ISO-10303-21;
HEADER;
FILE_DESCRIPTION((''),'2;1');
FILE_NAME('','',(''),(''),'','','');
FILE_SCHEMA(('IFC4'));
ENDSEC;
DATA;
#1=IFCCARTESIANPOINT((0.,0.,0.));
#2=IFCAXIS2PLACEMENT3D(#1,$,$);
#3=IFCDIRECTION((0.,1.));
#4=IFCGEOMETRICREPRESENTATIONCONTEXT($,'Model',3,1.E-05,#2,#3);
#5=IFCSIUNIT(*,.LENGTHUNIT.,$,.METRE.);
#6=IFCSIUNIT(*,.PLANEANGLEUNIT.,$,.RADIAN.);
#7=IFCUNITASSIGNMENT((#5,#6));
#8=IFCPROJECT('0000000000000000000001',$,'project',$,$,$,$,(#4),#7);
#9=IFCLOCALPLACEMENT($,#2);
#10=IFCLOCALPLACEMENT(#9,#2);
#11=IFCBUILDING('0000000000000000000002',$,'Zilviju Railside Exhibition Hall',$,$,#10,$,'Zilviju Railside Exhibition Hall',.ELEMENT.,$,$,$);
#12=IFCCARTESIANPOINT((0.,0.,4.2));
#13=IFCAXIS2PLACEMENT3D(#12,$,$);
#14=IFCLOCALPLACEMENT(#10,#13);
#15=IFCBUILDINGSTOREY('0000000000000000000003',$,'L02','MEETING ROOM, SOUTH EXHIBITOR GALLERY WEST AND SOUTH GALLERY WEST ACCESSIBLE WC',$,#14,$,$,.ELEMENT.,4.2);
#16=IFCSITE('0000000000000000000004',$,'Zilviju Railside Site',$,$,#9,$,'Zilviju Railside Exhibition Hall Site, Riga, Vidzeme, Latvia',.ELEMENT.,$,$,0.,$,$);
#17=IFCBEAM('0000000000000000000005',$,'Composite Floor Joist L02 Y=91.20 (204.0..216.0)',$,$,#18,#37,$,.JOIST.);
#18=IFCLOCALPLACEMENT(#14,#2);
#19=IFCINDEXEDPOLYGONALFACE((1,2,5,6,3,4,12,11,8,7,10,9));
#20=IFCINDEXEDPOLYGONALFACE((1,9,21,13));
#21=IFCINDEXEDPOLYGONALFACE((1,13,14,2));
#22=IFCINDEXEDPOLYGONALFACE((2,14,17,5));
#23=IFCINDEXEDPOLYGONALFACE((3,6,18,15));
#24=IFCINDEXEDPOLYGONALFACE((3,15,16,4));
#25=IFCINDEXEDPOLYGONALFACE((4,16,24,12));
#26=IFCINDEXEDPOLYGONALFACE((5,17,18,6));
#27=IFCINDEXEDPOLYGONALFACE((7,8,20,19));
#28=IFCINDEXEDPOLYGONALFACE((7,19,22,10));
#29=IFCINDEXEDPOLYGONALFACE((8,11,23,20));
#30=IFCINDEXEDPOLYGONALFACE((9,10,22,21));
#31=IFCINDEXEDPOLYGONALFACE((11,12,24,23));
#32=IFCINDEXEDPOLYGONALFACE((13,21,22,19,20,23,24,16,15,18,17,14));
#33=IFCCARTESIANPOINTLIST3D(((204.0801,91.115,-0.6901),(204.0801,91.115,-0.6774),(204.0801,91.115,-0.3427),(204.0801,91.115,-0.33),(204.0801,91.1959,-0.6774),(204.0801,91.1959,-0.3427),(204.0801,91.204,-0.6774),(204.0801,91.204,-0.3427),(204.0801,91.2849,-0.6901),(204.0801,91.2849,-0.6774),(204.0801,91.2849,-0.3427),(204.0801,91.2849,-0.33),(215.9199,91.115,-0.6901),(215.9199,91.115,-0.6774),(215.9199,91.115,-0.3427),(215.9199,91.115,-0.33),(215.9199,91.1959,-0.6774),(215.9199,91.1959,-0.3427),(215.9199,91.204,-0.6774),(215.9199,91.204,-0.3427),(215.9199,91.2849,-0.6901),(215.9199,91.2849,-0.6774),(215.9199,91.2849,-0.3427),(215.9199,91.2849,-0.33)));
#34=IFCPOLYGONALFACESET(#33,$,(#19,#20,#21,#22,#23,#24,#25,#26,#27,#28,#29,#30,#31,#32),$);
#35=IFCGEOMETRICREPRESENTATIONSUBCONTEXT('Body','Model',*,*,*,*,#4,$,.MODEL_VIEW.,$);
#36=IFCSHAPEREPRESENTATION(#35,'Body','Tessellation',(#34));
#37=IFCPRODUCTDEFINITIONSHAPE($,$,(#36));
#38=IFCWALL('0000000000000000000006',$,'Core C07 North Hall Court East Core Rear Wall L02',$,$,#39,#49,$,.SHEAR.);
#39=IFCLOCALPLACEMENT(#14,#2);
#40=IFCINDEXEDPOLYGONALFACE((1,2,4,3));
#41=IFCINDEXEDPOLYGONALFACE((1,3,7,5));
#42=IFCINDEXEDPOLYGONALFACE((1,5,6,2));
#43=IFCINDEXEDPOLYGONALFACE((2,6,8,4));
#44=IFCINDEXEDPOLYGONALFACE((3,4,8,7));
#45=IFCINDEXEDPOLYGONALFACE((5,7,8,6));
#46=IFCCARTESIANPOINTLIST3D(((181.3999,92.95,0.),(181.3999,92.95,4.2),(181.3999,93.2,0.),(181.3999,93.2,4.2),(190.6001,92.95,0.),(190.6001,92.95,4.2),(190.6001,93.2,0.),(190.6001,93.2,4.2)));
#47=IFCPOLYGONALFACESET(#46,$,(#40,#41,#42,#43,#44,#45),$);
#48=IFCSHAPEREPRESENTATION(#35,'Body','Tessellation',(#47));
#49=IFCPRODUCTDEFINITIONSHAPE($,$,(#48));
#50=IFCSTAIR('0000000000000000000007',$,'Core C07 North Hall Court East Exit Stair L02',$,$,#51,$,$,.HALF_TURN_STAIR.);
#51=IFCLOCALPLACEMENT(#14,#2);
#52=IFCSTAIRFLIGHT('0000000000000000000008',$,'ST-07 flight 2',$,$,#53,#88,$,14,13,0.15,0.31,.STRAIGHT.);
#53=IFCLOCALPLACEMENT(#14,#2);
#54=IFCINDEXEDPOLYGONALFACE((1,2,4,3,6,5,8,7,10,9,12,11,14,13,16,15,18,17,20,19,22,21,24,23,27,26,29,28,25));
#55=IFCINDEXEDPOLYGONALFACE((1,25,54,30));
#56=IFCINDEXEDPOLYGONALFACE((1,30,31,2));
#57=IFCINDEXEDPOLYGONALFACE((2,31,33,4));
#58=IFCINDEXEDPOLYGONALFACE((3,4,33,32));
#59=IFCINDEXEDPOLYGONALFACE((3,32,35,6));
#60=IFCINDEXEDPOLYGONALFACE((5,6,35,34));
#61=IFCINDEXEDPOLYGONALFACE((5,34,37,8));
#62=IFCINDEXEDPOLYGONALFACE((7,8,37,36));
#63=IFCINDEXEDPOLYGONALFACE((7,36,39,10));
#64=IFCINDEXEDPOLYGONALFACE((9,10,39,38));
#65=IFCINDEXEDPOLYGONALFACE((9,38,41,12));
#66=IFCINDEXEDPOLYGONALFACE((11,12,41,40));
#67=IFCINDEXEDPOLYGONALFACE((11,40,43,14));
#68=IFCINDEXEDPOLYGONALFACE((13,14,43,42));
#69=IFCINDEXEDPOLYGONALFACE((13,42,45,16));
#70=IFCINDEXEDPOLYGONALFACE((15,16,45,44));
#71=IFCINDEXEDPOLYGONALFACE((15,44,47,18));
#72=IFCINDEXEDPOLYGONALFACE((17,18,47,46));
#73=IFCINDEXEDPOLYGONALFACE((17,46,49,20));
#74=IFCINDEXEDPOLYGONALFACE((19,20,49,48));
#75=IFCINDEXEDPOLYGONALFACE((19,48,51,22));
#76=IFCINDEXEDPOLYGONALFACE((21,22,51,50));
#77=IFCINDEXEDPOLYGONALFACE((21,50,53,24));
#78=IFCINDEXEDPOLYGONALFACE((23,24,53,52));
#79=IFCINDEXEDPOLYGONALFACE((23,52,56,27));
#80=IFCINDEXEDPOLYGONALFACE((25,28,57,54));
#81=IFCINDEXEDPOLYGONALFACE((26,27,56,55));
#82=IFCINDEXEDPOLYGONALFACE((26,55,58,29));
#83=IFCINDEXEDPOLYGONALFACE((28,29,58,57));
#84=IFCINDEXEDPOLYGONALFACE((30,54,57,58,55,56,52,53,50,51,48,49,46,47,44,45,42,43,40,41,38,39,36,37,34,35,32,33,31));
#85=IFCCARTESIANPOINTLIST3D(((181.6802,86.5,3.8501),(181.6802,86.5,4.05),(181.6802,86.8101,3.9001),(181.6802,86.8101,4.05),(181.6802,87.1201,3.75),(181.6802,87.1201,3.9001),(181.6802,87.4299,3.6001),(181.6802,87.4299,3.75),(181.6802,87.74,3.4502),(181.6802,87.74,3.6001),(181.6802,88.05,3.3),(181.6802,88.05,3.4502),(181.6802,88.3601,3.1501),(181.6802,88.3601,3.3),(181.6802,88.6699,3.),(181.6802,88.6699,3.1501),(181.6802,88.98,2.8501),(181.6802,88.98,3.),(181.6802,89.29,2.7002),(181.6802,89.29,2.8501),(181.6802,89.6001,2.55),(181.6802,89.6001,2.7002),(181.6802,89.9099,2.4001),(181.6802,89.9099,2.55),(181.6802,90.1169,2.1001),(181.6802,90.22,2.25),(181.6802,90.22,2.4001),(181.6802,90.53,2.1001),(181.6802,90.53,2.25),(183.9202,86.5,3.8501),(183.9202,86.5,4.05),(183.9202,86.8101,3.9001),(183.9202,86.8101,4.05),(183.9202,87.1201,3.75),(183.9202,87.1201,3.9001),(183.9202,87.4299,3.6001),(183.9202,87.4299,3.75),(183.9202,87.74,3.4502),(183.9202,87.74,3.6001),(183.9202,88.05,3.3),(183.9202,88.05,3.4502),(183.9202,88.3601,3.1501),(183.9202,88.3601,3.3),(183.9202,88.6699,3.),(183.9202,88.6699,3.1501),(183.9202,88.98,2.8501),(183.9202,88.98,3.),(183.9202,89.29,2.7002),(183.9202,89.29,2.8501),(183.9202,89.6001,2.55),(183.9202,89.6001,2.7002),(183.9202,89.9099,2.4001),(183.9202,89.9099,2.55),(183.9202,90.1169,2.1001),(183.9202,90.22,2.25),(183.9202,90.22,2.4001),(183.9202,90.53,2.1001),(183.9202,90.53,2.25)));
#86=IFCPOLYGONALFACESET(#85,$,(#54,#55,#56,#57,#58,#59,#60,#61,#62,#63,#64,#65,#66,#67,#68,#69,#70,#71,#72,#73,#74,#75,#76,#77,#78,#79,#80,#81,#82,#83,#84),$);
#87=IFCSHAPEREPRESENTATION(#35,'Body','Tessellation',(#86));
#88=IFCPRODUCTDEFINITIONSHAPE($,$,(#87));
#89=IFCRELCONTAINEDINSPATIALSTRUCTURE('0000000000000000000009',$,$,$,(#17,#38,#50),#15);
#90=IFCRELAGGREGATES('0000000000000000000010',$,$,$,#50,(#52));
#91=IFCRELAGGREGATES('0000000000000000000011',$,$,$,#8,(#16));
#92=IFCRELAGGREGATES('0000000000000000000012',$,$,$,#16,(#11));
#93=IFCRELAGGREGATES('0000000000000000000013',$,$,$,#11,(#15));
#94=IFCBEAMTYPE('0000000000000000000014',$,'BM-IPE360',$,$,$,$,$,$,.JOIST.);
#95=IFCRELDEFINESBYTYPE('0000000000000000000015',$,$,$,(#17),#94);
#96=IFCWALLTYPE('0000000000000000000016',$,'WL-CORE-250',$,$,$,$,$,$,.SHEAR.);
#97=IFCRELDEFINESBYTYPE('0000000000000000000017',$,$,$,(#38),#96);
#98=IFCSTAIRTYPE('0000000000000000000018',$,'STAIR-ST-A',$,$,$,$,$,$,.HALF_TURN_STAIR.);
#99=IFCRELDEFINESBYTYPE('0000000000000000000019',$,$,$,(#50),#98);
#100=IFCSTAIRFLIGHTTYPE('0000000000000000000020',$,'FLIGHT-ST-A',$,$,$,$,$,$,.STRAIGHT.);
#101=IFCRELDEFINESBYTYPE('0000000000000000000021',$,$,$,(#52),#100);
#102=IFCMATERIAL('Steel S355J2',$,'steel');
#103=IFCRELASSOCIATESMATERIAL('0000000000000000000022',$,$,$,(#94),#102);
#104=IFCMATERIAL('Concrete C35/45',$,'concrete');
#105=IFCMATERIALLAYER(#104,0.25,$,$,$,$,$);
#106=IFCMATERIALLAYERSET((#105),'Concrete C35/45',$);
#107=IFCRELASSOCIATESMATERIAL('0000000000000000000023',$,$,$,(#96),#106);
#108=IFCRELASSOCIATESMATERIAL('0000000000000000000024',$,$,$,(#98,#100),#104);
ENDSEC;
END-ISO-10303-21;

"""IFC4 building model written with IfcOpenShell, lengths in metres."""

from ifc_helpers import new_model, si_unit, direction, frame, frame_2d, origin, origin_2d, place, context, subcontext, project, spatial, polyline, rectangle, i_section, outline, extrude, material, layer, layer_set, material_profile, profile_set, type_object, element, aggregate, save


model = new_model("IFC4")

# Units and contexts
model_context = context("Model", 3, precision=1e-05, world=origin(), true_north=direction((0.0, 1.0)))
body_context = subcontext(model_context, "Body", "Model", "MODEL_VIEW")
ifc_project = project(units=[si_unit("LENGTHUNIT", "METRE"), si_unit("PLANEANGLEUNIT", "RADIAN")], contexts=[model_context])

# Site, building, storey
site_placement = place(None, origin())
site = spatial("IfcSite", under=ifc_project, at=site_placement, Name="Zilviju Railside Site", LongName="Zilviju Railside Exhibition Hall Site, Riga, Vidzeme, Latvia", CompositionType="ELEMENT", RefElevation=0.0)
building_placement = place(site_placement, origin())
building = spatial("IfcBuilding", under=site, at=building_placement, Name="Zilviju Railside Exhibition Hall", LongName="Zilviju Railside Exhibition Hall", CompositionType="ELEMENT")
storey_placement = place(building_placement, frame((0.0, 0.0, 4.2)))
storey = spatial("IfcBuildingStorey", under=building, at=storey_placement, Name="L02", Description="MEETING ROOM, SOUTH EXHIBITOR GALLERY WEST AND SOUTH GALLERY WEST ACCESSIBLE WC", CompositionType="ELEMENT", Elevation=4.2)

# Shared definitions
ifc_material_1 = material(Name="Concrete C35/45", Category="concrete")

# Beam
ifc_material_2 = material(Name="Steel S355J2", Category="steel")
ifc_material_profile_1 = material_profile(ifc_material_2, i_section(OverallWidth=0.1699, OverallDepth=0.3601, WebThickness=0.0081, FlangeThickness=0.0127, at=origin_2d()), Name="IPE 360")
ifc_profile_set_1 = profile_set([ifc_material_profile_1], Name="Steel S355J2")
beam_type_1 = type_object("IfcBeamType", Name="BM-IPE360", PredefinedType="JOIST", material=ifc_profile_set_1)
for number, where, z_axis, x_axis, name in (
    (1, (204.0801, 91.2, -0.51), (1.0, 0.0, 0.0), (0.0, 1.0, 0.0), "Composite Floor Joist L02 Y=91.20 (204.0..216.0)"),
):
    element("IfcBeam", number, at=place(storey_placement, frame(where, z_axis=z_axis, x_axis=x_axis)), inside=storey, type_object=beam_type_1, Name=name, PredefinedType="JOIST", context=body_context, shape_type="SweptSolid", body=[
        extrude(i_section(OverallWidth=0.1699, OverallDepth=0.3601, WebThickness=0.0081, FlangeThickness=0.0127, at=origin_2d()), origin(), (0.0, 0.0, 1.0), 11.8398),
    ])

# Wall
ifc_layer = layer(ifc_material_1, 0.25)
ifc_layer_set = layer_set([ifc_layer], Name="Concrete C35/45")
wall_type = type_object("IfcWallType", Name="WL-CORE-250", PredefinedType="SHEAR", material=ifc_layer_set)
wall_placement = place(storey_placement, frame((181.3999, 93.075, 0.0), z_axis=(0.0, 0.0, 1.0), x_axis=(1.0, 0.0, 0.0)))
element("IfcWall", 2, at=wall_placement, inside=storey, type_object=wall_type, Name="Core C07 North Hall Court East Core Rear Wall L02", PredefinedType="SHEAR", context=body_context, shape_type="SweptSolid", body=[
    extrude(rectangle(XDim=9.2002, YDim=0.25, at=frame_2d((4.6001, 0.0))), origin(), (0.0, 0.0, 1.0), 4.2),
])

# Stair, stair flight
stair_type = type_object("IfcStairType", Name="STAIR-ST-A", PredefinedType="HALF_TURN_STAIR", material=ifc_material_1)
stair_placement = place(storey_placement, origin())
stair = element("IfcStair", 3, at=stair_placement, inside=storey, type_object=stair_type, Name="Core C07 North Hall Court East Exit Stair L02", PredefinedType="HALF_TURN_STAIR")
stair_flight_type = type_object("IfcStairFlightType", Name="FLIGHT-ST-A", PredefinedType="STRAIGHT", material=ifc_material_1)
stair_flight_placement = place(storey_placement, frame((182.8, 90.53, 2.1001), z_axis=(0.0, 0.0, 1.0), x_axis=(0.0, -1.0, 0.0)))
stair_flight = element("IfcStairFlight", 4, at=stair_flight_placement, type_object=stair_flight_type, Name="ST-07 flight 2", NumberOfRisers=14, NumberOfTreads=13, PredefinedType="STRAIGHT", RiserHeight=0.15, TreadLength=0.31, context=body_context, shape_type="SweptSolid", body=[
    extrude(outline(polyline([(0.0, 0.0), (0.0, 0.1499), (0.3101, 0.1499), (0.3101, 0.3), (0.6201, 0.3), (0.6201, 0.45), (0.9299, 0.45), (0.9299, 0.6001), (1.24, 0.6001), (1.24, 0.75), (1.55, 0.75), (1.55, 0.8999), (1.8601, 0.8999), (1.8601, 1.05), (2.1699, 1.05), (2.1699, 1.2), (2.48, 1.2), (2.48, 1.3501), (2.79, 1.3501), (2.79, 1.5), (3.1001, 1.5), (3.1001, 1.6499), (3.4099, 1.6499), (3.4099, 1.8), (3.72, 1.8), (3.72, 1.95), (4.03, 1.95), (4.03, 2.1001), (4.03, 1.75), (0.4131, 0.0), (0.0, 0.0)])), frame((0.0, 1.1201, 0.0), z_axis=(0.0, -1.0, 0.0), x_axis=(1.0, 0.0, 0.0)), (0.0, 0.0, 1.0), 2.24),
])
aggregate(stair, [stair_flight])

save(model, "model.ifc")
